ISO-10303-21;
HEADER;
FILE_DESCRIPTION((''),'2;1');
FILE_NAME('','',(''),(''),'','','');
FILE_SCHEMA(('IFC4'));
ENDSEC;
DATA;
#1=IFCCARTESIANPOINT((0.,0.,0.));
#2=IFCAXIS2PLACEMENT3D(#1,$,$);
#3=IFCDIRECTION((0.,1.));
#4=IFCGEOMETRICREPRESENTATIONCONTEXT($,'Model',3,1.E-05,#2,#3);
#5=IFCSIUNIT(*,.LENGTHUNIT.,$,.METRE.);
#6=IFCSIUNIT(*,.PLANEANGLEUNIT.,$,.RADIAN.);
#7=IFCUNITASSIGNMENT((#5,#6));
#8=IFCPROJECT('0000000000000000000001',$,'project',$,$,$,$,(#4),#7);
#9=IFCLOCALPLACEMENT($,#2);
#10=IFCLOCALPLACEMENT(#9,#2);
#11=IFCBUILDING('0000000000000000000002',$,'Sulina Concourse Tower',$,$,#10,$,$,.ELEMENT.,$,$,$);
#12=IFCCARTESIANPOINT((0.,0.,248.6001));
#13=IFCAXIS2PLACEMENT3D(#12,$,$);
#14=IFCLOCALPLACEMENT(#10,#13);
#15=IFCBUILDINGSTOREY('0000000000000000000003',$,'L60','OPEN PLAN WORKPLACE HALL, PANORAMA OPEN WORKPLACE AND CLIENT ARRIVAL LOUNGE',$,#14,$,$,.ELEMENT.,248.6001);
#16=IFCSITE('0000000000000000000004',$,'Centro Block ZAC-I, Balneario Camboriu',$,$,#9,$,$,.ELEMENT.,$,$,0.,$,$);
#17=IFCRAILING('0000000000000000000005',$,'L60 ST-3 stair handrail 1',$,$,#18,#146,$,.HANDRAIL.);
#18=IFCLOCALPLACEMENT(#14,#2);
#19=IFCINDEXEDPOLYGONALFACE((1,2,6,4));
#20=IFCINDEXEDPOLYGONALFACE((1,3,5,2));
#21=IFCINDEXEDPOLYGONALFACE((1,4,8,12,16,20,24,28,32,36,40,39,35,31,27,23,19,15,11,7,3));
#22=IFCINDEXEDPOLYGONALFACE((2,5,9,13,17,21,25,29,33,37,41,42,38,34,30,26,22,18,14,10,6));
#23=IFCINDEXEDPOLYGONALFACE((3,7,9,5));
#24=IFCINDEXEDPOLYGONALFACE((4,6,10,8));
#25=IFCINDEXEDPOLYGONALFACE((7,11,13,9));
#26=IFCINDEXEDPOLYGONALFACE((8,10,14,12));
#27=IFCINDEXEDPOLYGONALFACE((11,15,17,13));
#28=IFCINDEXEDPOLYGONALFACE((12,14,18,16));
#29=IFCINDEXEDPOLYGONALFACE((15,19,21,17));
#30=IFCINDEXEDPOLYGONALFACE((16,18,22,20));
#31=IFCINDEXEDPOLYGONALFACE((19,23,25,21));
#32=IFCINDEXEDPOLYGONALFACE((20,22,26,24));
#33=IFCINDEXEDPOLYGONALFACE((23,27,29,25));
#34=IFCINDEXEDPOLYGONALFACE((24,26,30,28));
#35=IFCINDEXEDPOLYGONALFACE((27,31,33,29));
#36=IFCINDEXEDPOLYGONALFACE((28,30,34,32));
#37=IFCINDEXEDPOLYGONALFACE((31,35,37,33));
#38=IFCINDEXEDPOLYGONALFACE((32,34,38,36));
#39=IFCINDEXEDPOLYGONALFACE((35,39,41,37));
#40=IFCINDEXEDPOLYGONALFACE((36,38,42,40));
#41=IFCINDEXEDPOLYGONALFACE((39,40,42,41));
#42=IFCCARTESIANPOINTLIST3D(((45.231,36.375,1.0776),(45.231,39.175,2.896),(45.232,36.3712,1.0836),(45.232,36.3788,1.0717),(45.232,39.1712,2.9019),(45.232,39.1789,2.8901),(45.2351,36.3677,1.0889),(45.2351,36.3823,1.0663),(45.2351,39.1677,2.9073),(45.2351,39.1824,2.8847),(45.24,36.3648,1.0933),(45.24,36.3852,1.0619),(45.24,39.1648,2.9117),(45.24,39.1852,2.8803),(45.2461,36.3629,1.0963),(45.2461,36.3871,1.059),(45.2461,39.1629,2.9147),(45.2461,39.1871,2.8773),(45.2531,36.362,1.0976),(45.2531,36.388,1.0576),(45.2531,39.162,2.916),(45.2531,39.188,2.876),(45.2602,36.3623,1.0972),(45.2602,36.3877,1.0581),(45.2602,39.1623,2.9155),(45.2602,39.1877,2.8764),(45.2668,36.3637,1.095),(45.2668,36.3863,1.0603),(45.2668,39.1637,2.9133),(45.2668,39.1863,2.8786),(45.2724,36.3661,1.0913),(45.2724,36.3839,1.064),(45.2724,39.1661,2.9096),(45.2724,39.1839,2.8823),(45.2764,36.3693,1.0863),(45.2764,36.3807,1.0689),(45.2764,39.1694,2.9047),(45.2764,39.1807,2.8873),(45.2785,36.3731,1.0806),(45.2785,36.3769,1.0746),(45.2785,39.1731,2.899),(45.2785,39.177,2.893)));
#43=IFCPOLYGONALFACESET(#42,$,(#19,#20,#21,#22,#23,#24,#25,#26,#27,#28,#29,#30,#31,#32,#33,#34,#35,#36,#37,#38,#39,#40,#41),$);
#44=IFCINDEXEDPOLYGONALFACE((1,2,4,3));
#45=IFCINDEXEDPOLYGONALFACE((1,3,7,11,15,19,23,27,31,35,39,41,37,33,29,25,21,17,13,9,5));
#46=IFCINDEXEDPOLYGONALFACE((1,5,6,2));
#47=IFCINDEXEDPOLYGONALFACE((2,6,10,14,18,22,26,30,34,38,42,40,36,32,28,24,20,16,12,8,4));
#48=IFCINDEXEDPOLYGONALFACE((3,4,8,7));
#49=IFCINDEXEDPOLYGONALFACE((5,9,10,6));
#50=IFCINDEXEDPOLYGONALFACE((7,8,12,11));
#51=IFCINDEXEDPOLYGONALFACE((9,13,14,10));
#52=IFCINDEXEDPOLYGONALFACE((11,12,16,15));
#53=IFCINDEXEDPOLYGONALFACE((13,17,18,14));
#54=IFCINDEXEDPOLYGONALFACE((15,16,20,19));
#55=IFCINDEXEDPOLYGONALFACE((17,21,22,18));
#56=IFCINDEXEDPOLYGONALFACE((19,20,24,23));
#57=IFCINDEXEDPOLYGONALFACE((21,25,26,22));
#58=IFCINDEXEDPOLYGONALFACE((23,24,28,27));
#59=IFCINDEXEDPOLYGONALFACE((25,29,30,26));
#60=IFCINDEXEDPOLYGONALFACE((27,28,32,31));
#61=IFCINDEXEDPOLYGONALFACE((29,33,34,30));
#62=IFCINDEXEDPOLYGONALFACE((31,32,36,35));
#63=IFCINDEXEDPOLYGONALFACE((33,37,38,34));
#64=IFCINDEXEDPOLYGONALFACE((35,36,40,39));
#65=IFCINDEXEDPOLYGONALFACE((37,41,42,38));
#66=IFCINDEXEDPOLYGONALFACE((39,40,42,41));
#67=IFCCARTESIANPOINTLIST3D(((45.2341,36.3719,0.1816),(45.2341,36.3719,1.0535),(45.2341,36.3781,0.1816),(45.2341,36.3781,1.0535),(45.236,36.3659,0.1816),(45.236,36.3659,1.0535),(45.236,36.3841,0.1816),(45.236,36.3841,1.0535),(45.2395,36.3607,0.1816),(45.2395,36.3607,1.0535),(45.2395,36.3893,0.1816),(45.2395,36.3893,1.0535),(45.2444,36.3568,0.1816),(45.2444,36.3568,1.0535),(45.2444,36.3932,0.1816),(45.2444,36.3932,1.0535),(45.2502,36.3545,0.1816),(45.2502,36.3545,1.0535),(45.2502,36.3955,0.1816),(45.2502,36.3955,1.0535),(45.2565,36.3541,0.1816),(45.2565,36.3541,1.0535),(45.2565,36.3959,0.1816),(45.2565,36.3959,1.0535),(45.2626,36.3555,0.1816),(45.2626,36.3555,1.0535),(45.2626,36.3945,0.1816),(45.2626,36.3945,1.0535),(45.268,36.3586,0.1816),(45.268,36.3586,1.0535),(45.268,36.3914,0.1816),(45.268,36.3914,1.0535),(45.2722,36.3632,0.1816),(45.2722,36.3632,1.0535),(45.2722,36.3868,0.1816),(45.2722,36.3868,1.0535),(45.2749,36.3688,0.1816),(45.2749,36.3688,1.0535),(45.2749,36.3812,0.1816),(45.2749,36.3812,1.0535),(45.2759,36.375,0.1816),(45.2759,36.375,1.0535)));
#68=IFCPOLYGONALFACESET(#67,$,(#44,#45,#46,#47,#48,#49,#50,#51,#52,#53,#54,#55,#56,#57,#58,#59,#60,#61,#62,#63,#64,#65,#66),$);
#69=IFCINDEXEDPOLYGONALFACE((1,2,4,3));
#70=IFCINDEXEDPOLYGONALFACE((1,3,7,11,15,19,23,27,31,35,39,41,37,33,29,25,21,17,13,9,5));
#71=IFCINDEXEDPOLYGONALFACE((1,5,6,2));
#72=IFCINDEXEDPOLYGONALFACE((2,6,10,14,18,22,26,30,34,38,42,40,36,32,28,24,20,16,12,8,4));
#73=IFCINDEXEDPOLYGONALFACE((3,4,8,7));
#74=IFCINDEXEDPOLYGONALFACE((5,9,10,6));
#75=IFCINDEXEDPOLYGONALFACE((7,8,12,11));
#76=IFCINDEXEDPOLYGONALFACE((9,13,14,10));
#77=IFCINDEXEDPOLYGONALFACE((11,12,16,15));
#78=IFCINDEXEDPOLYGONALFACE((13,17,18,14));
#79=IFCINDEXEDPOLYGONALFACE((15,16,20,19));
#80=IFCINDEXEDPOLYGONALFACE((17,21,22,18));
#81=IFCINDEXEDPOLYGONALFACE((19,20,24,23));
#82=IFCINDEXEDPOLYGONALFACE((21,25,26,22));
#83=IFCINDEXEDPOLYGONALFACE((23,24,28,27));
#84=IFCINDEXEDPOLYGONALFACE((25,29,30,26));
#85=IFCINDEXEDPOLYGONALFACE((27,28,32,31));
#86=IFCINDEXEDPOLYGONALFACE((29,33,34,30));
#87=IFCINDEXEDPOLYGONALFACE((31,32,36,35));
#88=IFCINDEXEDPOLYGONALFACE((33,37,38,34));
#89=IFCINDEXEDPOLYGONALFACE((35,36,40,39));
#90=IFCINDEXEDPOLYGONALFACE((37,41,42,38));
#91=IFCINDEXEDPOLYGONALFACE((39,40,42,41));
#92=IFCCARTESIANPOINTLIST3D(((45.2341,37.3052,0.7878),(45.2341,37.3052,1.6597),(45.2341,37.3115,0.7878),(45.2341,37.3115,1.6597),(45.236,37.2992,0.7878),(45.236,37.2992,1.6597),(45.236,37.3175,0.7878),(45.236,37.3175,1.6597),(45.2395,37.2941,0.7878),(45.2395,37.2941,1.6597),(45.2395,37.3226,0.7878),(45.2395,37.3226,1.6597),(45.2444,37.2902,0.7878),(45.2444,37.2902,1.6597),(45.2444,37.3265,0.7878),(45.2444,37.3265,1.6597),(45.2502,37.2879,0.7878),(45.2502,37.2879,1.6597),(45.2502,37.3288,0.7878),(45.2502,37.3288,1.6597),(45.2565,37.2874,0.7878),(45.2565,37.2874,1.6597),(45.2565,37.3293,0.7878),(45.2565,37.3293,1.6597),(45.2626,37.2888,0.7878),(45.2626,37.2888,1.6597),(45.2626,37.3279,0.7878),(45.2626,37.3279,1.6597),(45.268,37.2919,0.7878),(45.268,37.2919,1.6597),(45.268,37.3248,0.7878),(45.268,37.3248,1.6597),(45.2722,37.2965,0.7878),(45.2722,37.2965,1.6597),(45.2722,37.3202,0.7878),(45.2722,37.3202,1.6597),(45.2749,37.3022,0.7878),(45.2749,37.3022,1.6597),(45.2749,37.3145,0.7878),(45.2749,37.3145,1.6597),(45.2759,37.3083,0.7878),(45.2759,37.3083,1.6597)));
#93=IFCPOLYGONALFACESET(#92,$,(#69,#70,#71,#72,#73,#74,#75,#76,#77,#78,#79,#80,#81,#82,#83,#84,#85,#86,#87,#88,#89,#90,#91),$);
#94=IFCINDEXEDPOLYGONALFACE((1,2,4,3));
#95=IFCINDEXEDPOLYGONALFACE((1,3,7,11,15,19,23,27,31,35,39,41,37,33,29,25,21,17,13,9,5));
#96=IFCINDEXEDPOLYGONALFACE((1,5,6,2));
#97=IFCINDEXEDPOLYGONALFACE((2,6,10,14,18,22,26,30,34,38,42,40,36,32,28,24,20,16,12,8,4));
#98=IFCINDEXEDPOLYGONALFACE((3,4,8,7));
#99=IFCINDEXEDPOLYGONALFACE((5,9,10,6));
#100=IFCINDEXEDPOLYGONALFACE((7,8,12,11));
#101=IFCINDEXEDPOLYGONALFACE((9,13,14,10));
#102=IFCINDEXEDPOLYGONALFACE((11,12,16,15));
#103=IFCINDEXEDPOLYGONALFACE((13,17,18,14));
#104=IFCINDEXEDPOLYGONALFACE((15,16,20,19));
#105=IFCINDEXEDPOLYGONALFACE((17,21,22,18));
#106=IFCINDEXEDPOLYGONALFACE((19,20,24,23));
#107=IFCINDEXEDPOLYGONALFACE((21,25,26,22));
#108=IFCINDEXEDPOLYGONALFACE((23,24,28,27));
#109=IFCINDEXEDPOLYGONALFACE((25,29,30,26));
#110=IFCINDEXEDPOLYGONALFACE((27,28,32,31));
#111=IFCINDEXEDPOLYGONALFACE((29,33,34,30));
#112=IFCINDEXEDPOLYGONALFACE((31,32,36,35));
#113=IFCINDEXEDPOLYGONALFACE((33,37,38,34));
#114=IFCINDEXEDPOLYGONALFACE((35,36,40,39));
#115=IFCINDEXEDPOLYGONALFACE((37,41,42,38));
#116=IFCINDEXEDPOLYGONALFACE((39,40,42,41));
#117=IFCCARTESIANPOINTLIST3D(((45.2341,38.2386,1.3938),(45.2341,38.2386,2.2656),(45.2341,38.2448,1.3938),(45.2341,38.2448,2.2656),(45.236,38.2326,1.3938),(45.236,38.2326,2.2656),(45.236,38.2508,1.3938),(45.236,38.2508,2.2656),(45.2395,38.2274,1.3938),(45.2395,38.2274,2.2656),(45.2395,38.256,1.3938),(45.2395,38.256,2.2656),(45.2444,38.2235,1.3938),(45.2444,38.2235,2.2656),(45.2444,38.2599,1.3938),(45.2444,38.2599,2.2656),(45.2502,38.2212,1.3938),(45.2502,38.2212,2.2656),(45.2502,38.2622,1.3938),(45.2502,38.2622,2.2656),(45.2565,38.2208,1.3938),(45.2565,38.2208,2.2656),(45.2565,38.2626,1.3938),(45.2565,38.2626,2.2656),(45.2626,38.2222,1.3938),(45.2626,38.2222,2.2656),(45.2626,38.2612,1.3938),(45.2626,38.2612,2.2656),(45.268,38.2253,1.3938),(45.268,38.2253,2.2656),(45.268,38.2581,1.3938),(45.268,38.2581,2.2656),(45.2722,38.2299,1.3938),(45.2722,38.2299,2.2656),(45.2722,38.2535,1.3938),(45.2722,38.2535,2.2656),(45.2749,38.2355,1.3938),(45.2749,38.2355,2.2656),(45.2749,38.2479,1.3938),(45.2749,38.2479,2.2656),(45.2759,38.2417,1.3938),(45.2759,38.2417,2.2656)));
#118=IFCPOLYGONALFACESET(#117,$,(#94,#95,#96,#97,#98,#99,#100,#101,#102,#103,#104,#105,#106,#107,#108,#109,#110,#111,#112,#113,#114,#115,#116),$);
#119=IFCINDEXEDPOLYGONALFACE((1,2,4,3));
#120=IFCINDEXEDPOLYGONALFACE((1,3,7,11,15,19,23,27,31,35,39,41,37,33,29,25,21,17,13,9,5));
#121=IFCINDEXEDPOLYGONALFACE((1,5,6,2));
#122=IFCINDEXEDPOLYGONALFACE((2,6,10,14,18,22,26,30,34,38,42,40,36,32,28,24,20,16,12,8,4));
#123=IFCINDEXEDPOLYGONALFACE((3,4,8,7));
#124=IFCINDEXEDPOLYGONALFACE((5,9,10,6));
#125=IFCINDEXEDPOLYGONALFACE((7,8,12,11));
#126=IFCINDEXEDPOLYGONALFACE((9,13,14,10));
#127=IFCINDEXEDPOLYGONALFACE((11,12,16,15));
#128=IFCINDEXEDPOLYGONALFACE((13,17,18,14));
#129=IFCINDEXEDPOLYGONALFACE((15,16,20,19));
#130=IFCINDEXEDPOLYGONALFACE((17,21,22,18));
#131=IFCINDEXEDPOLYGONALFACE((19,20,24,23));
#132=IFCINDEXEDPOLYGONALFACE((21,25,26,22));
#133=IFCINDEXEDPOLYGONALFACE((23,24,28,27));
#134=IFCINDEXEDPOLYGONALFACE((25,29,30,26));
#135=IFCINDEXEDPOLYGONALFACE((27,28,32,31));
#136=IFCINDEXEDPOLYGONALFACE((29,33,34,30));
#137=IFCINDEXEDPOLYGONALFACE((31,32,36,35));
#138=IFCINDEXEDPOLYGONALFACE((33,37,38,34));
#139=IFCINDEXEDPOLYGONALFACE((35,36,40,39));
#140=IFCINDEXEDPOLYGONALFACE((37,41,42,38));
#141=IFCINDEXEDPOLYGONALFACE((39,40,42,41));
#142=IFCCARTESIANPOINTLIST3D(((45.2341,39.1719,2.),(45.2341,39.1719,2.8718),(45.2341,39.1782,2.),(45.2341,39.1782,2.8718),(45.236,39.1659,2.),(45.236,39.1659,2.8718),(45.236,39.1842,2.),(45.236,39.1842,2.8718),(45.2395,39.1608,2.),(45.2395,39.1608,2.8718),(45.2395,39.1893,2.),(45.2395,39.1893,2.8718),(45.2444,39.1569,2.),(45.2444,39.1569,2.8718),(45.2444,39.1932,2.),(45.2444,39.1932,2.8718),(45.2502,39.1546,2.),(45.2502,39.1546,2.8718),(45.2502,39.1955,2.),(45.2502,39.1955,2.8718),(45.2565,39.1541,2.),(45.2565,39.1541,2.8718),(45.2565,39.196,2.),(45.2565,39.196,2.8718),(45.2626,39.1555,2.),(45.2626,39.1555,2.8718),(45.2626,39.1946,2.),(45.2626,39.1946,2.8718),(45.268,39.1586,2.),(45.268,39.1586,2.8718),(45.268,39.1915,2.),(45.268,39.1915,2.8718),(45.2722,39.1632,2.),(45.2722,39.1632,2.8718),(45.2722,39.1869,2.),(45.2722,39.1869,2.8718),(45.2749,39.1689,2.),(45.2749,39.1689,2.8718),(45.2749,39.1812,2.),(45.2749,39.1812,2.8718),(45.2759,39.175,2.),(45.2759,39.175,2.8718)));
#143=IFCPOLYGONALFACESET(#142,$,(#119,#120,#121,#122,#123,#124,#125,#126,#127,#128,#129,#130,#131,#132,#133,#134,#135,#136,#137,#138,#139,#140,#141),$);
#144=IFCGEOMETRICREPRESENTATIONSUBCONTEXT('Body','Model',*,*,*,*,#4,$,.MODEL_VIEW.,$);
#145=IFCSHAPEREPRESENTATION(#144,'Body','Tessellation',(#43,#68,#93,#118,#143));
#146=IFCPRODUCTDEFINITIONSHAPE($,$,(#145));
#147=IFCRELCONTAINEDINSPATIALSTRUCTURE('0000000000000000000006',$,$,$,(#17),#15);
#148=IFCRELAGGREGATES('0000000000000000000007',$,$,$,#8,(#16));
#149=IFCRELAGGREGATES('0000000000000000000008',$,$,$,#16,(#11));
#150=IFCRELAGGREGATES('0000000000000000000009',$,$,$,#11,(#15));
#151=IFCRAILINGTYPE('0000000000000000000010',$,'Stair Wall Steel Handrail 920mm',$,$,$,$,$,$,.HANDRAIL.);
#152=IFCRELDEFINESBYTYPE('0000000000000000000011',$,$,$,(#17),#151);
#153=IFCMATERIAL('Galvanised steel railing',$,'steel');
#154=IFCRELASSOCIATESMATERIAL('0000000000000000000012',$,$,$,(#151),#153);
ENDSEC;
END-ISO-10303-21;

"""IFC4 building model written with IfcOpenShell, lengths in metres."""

from ifc_helpers import new_model, si_unit, direction, frame, origin, origin_2d, place, context, subcontext, project, spatial, circle, extrude, material, type_object, element, save


model = new_model("IFC4")

# Units and contexts
model_context = context("Model", 3, precision=1e-05, world=origin(), true_north=direction((0.0, 1.0)))
body_context = subcontext(model_context, "Body", "Model", "MODEL_VIEW")
ifc_project = project(units=[si_unit("LENGTHUNIT", "METRE"), si_unit("PLANEANGLEUNIT", "RADIAN")], contexts=[model_context])

# Site, building, storey
site_placement = place(None, origin())
site = spatial("IfcSite", under=ifc_project, at=site_placement, Name="Centro Block ZAC-I, Balneario Camboriu", CompositionType="ELEMENT", RefElevation=0.0)
building_placement = place(site_placement, origin())
building = spatial("IfcBuilding", under=site, at=building_placement, Name="Sulina Concourse Tower", CompositionType="ELEMENT")
storey_placement = place(building_placement, frame((0.0, 0.0, 248.6001)))
storey = spatial("IfcBuildingStorey", under=building, at=storey_placement, Name="L60", Description="OPEN PLAN WORKPLACE HALL, PANORAMA OPEN WORKPLACE AND CLIENT ARRIVAL LOUNGE", CompositionType="ELEMENT", Elevation=248.6001)

# Railing
ifc_material_1 = material(Name="Galvanised steel railing", Category="steel")
railing_type_1 = type_object("IfcRailingType", Name="Stair Wall Steel Handrail 920mm", PredefinedType="HANDRAIL", material=ifc_material_1)
railing_1_placement = place(storey_placement, frame((45.2549, 36.375, 0.1816)))
element("IfcRailing", 1, at=railing_1_placement, inside=storey, type_object=railing_type_1, Name="L60 ST-3 stair handrail 1", PredefinedType="HANDRAIL", context=body_context, shape_type="SweptSolid", body=[
    extrude(circle(Radius=0.0239, at=origin_2d()), frame((0.0, 0.0, 0.896), z_axis=(0.0, 0.838672, 0.544636), x_axis=(-1.0, 0.0, 0.0)), (0.0, 0.0, 1.0), 3.3386),
    extrude(circle(Radius=0.021, at=origin_2d()), origin(), (0.0, 0.0, 1.0), 0.8718),
    extrude(circle(Radius=0.021, at=origin_2d()), frame((0.0, 0.9333, 0.6062)), (0.0, 0.0, 1.0), 0.8718),
    extrude(circle(Radius=0.021, at=origin_2d()), frame((0.0, 1.8667, 1.2122)), (0.0, 0.0, 1.0), 0.8718),
    extrude(circle(Radius=0.021, at=origin_2d()), frame((0.0, 2.8, 1.8184)), (0.0, 0.0, 1.0), 0.8718),
])

save(model, "model.ifc")
